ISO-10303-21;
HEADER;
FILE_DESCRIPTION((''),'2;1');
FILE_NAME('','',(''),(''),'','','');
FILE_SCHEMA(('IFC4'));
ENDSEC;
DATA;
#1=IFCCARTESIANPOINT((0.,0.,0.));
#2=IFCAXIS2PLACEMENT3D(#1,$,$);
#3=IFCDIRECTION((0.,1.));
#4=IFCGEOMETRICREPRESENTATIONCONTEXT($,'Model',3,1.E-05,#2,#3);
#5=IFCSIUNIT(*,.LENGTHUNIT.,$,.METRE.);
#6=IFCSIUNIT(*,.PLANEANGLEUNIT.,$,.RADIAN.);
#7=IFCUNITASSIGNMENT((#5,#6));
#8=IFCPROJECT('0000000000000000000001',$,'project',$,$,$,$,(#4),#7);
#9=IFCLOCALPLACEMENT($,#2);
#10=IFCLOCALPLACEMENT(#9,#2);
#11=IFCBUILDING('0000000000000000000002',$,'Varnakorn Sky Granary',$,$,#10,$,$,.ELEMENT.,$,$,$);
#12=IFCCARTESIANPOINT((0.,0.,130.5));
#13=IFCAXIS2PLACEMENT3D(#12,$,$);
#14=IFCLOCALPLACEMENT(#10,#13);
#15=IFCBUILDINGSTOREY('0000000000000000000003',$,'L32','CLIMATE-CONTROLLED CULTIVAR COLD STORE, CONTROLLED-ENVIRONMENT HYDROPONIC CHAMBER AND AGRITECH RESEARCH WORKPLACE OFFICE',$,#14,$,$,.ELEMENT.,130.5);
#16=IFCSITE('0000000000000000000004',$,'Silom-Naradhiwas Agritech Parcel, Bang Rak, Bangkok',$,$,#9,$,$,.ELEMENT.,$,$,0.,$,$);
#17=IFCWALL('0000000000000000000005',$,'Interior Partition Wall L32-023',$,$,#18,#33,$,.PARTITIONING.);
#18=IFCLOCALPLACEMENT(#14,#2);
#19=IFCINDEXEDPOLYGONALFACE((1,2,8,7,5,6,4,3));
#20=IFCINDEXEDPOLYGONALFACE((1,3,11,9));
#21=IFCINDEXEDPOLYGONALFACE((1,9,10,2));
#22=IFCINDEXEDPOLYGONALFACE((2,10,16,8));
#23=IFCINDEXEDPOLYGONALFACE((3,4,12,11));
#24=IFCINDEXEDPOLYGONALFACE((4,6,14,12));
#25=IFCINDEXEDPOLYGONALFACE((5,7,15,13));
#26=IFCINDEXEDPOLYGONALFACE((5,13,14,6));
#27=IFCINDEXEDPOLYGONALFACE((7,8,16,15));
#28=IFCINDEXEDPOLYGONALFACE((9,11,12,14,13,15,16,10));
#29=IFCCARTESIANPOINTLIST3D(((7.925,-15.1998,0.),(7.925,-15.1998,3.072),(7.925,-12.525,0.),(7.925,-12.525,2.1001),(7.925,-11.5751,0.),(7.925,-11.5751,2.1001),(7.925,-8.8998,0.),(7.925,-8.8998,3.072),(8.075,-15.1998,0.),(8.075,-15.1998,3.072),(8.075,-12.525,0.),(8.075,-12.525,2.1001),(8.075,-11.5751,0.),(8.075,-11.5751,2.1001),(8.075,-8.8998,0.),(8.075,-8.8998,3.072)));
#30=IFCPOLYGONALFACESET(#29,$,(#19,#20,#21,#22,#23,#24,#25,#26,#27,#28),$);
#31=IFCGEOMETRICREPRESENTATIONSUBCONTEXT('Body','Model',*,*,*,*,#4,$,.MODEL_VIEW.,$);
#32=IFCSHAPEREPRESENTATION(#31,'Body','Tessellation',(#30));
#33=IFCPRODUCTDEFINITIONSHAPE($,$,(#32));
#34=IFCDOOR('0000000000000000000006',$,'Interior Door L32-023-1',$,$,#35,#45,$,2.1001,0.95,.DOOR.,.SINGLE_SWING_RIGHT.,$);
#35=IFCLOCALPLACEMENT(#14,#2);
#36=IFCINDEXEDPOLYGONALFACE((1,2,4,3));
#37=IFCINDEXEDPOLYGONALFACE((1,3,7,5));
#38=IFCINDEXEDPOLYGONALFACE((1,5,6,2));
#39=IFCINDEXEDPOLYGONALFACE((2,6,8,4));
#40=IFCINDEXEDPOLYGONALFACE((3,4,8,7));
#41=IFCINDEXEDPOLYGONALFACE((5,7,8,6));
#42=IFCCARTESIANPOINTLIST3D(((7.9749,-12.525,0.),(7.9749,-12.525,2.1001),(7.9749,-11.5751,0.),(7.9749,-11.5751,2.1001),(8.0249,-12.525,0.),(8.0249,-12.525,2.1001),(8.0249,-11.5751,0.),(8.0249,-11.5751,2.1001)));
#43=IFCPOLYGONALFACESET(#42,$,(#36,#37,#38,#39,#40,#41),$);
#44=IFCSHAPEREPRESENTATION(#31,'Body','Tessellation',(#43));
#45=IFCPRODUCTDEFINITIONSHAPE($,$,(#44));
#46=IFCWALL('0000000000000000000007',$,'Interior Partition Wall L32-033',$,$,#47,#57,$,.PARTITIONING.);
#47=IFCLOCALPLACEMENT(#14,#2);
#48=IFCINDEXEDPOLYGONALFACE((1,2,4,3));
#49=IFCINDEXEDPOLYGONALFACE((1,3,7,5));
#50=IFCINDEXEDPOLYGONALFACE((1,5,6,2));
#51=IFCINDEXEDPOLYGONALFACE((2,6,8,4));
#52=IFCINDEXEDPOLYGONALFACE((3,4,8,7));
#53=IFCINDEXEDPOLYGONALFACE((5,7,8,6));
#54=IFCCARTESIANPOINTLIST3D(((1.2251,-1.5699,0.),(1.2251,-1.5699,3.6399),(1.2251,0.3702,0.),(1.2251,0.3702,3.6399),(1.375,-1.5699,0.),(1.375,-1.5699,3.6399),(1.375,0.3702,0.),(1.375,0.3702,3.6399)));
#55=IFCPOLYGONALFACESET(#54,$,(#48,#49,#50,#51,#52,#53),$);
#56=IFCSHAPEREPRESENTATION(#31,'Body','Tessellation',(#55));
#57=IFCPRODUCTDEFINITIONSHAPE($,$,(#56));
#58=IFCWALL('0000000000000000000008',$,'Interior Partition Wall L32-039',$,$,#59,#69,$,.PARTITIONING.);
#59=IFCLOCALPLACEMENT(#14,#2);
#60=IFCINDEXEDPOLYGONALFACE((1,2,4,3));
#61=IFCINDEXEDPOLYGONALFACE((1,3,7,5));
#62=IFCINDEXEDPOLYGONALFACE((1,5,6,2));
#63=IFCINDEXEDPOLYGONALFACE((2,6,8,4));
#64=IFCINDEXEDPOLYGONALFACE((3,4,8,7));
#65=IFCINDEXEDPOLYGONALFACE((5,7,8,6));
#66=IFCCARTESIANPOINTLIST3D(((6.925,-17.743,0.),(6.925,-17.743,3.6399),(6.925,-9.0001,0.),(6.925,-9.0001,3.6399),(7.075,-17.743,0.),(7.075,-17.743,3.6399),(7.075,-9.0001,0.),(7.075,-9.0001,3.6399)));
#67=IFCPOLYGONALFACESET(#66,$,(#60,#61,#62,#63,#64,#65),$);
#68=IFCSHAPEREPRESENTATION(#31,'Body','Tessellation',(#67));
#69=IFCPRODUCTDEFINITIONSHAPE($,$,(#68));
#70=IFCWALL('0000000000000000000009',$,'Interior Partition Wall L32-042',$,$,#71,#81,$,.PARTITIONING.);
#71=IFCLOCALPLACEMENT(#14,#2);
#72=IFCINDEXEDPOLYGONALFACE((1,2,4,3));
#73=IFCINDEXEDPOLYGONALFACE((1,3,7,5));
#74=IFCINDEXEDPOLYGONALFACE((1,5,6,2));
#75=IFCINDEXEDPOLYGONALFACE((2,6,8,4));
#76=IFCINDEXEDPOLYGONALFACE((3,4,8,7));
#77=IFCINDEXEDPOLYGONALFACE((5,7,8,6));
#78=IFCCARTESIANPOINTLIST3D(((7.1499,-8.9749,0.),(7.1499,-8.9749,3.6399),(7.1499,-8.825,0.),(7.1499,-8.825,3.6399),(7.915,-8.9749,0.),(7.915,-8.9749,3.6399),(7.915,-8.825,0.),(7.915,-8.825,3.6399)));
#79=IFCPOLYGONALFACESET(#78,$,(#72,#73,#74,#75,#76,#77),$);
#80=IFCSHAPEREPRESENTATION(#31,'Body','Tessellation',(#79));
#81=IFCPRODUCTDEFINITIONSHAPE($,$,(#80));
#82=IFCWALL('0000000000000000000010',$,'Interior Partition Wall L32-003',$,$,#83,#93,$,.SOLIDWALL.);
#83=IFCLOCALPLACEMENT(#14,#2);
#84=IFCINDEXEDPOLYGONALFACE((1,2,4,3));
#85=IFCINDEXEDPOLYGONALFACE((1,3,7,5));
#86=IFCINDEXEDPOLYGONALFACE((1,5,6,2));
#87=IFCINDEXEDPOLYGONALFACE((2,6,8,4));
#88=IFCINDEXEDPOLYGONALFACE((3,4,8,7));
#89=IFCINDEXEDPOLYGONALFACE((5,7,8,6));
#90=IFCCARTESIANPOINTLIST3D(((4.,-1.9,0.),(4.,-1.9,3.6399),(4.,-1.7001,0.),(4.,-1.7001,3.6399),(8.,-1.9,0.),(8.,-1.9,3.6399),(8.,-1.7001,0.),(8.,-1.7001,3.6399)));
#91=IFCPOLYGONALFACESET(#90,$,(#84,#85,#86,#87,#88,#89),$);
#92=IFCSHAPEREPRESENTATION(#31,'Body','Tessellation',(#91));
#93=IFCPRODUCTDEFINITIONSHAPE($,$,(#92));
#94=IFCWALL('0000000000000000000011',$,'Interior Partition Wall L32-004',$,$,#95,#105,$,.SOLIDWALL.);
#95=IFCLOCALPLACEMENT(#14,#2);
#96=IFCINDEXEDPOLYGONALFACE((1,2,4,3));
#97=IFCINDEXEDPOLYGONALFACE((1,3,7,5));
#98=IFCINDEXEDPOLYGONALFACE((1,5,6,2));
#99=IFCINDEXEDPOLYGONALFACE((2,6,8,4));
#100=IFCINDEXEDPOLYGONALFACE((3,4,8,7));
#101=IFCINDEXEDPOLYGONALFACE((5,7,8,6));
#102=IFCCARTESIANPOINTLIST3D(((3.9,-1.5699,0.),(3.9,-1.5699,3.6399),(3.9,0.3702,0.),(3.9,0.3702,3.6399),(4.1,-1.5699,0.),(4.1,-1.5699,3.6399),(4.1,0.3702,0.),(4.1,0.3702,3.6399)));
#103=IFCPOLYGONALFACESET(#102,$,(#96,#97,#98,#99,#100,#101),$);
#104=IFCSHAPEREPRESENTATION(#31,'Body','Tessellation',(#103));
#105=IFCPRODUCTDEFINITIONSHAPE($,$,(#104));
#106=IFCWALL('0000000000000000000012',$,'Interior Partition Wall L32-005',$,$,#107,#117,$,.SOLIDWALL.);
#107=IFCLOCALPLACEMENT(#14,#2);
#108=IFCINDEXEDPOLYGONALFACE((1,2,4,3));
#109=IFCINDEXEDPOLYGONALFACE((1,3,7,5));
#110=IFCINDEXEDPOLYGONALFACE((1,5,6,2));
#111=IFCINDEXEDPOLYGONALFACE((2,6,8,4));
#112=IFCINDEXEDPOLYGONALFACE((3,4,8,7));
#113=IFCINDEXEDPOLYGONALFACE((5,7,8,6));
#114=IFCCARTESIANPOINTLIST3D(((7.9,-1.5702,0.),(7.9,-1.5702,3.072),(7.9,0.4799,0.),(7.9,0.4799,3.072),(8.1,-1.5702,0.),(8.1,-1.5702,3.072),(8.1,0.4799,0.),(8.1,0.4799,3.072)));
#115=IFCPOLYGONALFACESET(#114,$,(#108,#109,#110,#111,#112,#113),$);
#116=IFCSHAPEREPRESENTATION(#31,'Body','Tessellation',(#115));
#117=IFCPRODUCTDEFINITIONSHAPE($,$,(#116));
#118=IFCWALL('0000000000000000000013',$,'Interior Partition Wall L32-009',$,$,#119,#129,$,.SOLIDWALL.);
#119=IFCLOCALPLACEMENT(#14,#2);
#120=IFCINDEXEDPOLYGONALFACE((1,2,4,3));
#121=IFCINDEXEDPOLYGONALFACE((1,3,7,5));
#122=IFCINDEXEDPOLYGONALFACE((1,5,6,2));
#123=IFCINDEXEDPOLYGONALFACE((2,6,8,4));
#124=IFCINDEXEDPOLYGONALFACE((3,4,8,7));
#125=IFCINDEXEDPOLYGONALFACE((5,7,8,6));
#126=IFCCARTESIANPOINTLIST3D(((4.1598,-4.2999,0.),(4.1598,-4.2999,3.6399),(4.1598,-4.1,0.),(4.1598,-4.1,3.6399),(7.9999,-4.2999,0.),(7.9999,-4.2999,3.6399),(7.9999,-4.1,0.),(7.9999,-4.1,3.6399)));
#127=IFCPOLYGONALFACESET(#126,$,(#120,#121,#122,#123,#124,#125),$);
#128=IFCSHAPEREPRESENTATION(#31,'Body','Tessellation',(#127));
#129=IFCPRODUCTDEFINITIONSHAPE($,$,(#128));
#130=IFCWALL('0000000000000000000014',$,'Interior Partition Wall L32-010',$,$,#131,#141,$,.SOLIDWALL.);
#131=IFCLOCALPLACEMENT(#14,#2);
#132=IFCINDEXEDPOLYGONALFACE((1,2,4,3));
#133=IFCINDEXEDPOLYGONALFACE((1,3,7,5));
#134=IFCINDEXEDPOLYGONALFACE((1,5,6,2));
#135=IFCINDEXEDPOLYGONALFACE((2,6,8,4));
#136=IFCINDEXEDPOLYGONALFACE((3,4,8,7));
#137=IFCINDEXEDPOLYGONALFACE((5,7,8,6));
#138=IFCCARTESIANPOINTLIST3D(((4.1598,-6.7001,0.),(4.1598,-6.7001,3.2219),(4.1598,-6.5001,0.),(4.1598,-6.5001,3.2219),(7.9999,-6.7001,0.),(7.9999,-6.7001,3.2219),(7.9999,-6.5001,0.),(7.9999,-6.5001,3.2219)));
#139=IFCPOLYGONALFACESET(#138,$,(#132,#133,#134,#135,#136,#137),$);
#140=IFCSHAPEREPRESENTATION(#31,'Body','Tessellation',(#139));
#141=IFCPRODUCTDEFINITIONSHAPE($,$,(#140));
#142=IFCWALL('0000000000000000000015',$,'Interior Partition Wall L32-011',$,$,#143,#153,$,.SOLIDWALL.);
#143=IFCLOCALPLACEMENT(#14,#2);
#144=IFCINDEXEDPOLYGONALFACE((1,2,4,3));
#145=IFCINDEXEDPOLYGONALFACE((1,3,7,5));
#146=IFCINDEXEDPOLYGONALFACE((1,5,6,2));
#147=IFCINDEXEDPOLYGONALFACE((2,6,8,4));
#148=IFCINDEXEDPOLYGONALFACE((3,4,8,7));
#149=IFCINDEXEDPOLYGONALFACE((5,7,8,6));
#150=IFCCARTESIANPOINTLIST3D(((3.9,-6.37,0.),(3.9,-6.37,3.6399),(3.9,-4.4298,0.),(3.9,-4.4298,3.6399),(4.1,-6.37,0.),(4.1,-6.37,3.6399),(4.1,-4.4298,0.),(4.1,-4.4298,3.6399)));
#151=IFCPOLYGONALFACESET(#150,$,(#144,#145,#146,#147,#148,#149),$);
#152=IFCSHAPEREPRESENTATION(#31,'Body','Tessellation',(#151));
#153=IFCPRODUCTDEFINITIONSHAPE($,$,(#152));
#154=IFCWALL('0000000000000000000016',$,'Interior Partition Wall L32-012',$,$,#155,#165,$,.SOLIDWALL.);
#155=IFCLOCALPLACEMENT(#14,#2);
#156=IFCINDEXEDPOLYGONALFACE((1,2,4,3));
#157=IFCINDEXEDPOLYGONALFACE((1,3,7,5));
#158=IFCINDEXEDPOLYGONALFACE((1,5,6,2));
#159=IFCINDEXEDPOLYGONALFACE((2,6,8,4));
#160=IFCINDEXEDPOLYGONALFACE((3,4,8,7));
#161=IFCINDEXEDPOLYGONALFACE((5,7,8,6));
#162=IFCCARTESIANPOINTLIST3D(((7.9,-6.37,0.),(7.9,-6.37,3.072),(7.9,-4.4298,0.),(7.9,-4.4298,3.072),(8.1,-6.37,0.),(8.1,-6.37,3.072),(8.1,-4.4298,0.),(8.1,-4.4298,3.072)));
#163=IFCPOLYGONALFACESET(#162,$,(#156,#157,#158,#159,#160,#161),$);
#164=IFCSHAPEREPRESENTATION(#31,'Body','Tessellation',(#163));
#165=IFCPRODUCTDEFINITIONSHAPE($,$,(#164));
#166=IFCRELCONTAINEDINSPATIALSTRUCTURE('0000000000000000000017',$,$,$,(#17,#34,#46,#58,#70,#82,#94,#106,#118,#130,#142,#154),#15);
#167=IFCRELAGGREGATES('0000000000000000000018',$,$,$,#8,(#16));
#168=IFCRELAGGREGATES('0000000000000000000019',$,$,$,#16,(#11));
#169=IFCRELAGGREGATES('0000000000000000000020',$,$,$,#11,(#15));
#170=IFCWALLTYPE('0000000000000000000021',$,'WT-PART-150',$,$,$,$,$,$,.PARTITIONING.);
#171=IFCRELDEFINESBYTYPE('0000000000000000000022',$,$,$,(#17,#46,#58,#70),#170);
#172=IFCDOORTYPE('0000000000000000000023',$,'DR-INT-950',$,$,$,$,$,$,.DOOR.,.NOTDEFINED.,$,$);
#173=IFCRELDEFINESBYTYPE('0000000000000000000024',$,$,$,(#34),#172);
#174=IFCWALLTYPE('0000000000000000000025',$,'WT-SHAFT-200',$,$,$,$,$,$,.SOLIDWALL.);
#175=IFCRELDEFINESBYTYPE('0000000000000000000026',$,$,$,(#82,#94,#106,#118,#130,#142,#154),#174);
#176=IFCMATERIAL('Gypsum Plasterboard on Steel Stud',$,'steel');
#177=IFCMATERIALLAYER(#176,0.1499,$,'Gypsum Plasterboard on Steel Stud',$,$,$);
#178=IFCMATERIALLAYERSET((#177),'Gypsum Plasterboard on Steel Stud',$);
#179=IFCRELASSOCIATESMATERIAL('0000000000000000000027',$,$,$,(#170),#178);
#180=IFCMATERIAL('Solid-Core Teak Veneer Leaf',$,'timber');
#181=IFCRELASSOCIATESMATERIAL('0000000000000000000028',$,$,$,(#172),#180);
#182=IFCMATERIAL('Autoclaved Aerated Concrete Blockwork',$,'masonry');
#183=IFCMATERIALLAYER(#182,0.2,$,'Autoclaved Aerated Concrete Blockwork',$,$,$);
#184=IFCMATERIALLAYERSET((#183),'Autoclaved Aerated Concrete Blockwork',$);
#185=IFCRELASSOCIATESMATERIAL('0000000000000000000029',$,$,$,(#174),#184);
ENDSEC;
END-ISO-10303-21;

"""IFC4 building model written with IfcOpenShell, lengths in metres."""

from ifc_helpers import new_model, si_unit, direction, frame, frame_2d, origin, place, context, subcontext, project, spatial, rectangle, extrude, material, layer, layer_set, type_object, element, fill, save


model = new_model("IFC4")

# Units and contexts
model_context = context("Model", 3, precision=1e-05, world=origin(), true_north=direction((0.0, 1.0)))
body_context = subcontext(model_context, "Body", "Model", "MODEL_VIEW")
ifc_project = project(units=[si_unit("LENGTHUNIT", "METRE"), si_unit("PLANEANGLEUNIT", "RADIAN")], contexts=[model_context])

# Site, building, storey
site_placement = place(None, origin())
site = spatial("IfcSite", under=ifc_project, at=site_placement, Name="Silom-Naradhiwas Agritech Parcel, Bang Rak, Bangkok", CompositionType="ELEMENT", RefElevation=0.0)
building_placement = place(site_placement, origin())
building = spatial("IfcBuilding", under=site, at=building_placement, Name="Varnakorn Sky Granary", CompositionType="ELEMENT")
storey_placement = place(building_placement, frame((0.0, 0.0, 130.5)))
storey = spatial("IfcBuildingStorey", under=building, at=storey_placement, Name="L32", Description="CLIMATE-CONTROLLED CULTIVAR COLD STORE, CONTROLLED-ENVIRONMENT HYDROPONIC CHAMBER AND AGRITECH RESEARCH WORKPLACE OFFICE", CompositionType="ELEMENT", Elevation=130.5)

# Wall, opening, door
ifc_material_1 = material(Name="Autoclaved Aerated Concrete Blockwork", Category="masonry")
ifc_material_2 = material(Name="Gypsum Plasterboard on Steel Stud", Category="steel")
ifc_layer_1 = layer(ifc_material_2, 0.1499, Name="Gypsum Plasterboard on Steel Stud")
ifc_layer_set_1 = layer_set([ifc_layer_1], Name="Gypsum Plasterboard on Steel Stud")
wall_type_1 = type_object("IfcWallType", Name="WT-PART-150", PredefinedType="PARTITIONING", material=ifc_layer_set_1)
wall_1_placement = place(storey_placement, frame((8.0, -8.8999, 0.0), z_axis=(0.0, 0.0, 1.0), x_axis=(0.0, -1.0, 0.0)))
wall_1 = element("IfcWall", 1, at=wall_1_placement, inside=storey, type_object=wall_type_1, Name="Interior Partition Wall L32-023", PredefinedType="PARTITIONING", context=body_context, shape_type="SweptSolid", body=[
    extrude(rectangle(XDim=6.3, YDim=0.1499, at=frame_2d((3.1499, 0.0))), origin(), (0.0, 0.0, 1.0), 3.072),
])
opening_1_placement = place(wall_1_placement, frame((2.675, 0.0, 0.0)))
opening_1 = element("IfcOpeningElement", 2, at=opening_1_placement, cuts=wall_1, PredefinedType="OPENING", context=body_context, shape_type="SweptSolid", body=[
    extrude(rectangle(XDim=0.95, YDim=2.1001, at=frame_2d((0.4751, 1.05))), frame((0.0, 0.085, 0.0), z_axis=(0.0, -1.0, 0.0), x_axis=(1.0, 0.0, 0.0)), (0.0, 0.0, 1.0), 0.1699),
])
ifc_material_3 = material(Name="Solid-Core Teak Veneer Leaf", Category="timber")
door_type_1 = type_object("IfcDoorType", Name="DR-INT-950", OperationType="NOTDEFINED", PredefinedType="DOOR", material=ifc_material_3)
door_1_placement = place(opening_1_placement, origin())
door_1 = element("IfcDoor", 3, at=door_1_placement, inside=storey, type_object=door_type_1, Name="Interior Door L32-023-1", OperationType="SINGLE_SWING_RIGHT", OverallHeight=2.1001, OverallWidth=0.95, PredefinedType="DOOR", context=body_context, shape_type="SweptSolid", body=[
    extrude(rectangle(XDim=0.95, YDim=2.1001, at=frame_2d((0.4751, 1.05))), frame((0.0, 0.0249, 0.0), z_axis=(0.0, -1.0, 0.0), x_axis=(1.0, 0.0, 0.0)), (0.0, 0.0, 1.0), 0.05),
])
fill(opening_1, door_1)

# Walls
wall_2_placement = place(storey_placement, frame((1.3, -1.5701, 0.0), z_axis=(0.0, 0.0, 1.0), x_axis=(0.0, 1.0, 0.0)))
element("IfcWall", 4, at=wall_2_placement, inside=storey, type_object=wall_type_1, Name="Interior Partition Wall L32-033", PredefinedType="PARTITIONING", context=body_context, shape_type="SweptSolid", body=[
    extrude(rectangle(XDim=1.9402, YDim=0.1499, at=frame_2d((0.9702, 0.0))), origin(), (0.0, 0.0, 1.0), 3.6399),
])
wall_3_placement = place(storey_placement, frame((7.0, -9.0, 0.0), z_axis=(0.0, 0.0, 1.0), x_axis=(0.0, -1.0, 0.0)))
element("IfcWall", 5, at=wall_3_placement, inside=storey, type_object=wall_type_1, Name="Interior Partition Wall L32-039", PredefinedType="PARTITIONING", context=body_context, shape_type="SweptSolid", body=[
    extrude(rectangle(XDim=8.7429, YDim=0.1499, at=frame_2d((4.3716, 0.0))), origin(), (0.0, 0.0, 1.0), 3.6399),
])
wall_4_placement = place(storey_placement, frame((7.1499, -8.8999, 0.0), z_axis=(0.0, 0.0, 1.0), x_axis=(1.0, 0.0, 0.0)))
element("IfcWall", 6, at=wall_4_placement, inside=storey, type_object=wall_type_1, Name="Interior Partition Wall L32-042", PredefinedType="PARTITIONING", context=body_context, shape_type="SweptSolid", body=[
    extrude(rectangle(XDim=0.7651, YDim=0.1499, at=frame_2d((0.3826, 0.0))), origin(), (0.0, 0.0, 1.0), 3.6399),
])
ifc_layer_2 = layer(ifc_material_1, 0.2, Name="Autoclaved Aerated Concrete Blockwork")
ifc_layer_set_2 = layer_set([ifc_layer_2], Name="Autoclaved Aerated Concrete Blockwork")
wall_type_2 = type_object("IfcWallType", Name="WT-SHAFT-200", PredefinedType="SOLIDWALL", material=ifc_layer_set_2)
wall_5_placement = place(storey_placement, frame((4.0, -1.8, 0.0), z_axis=(0.0, 0.0, 1.0), x_axis=(1.0, 0.0, 0.0)))
element("IfcWall", 7, at=wall_5_placement, inside=storey, type_object=wall_type_2, Name="Interior Partition Wall L32-003", PredefinedType="SOLIDWALL", context=body_context, shape_type="SweptSolid", body=[
    extrude(rectangle(XDim=4.0, YDim=0.2, at=frame_2d((2.0, 0.0))), origin(), (0.0, 0.0, 1.0), 3.6399),
])
wall_6_placement = place(storey_placement, frame((4.0, -1.5701, 0.0), z_axis=(0.0, 0.0, 1.0), x_axis=(0.0, 1.0, 0.0)))
element("IfcWall", 8, at=wall_6_placement, inside=storey, type_object=wall_type_2, Name="Interior Partition Wall L32-004", PredefinedType="SOLIDWALL", context=body_context, shape_type="SweptSolid", body=[
    extrude(rectangle(XDim=1.9402, YDim=0.2, at=frame_2d((0.9702, 0.0))), origin(), (0.0, 0.0, 1.0), 3.6399),
])
wall_7_placement = place(storey_placement, frame((8.0, -1.5701, 0.0), z_axis=(0.0, 0.0, 1.0), x_axis=(0.0, 1.0, 0.0)))
element("IfcWall", 9, at=wall_7_placement, inside=storey, type_object=wall_type_2, Name="Interior Partition Wall L32-005", PredefinedType="SOLIDWALL", context=body_context, shape_type="SweptSolid", body=[
    extrude(rectangle(XDim=2.05, YDim=0.2, at=frame_2d((1.0249, 0.0))), origin(), (0.0, 0.0, 1.0), 3.072),
])
wall_8_placement = place(storey_placement, frame((4.1599, -4.2, 0.0), z_axis=(0.0, 0.0, 1.0), x_axis=(1.0, 0.0, 0.0)))
element("IfcWall", 10, at=wall_8_placement, inside=storey, type_object=wall_type_2, Name="Interior Partition Wall L32-009", PredefinedType="SOLIDWALL", context=body_context, shape_type="SweptSolid", body=[
    extrude(rectangle(XDim=3.8401, YDim=0.2, at=frame_2d((1.9199, 0.0))), origin(), (0.0, 0.0, 1.0), 3.6399),
])
wall_9_placement = place(storey_placement, frame((4.1599, -6.6001, 0.0), z_axis=(0.0, 0.0, 1.0), x_axis=(1.0, 0.0, 0.0)))
element("IfcWall", 11, at=wall_9_placement, inside=storey, type_object=wall_type_2, Name="Interior Partition Wall L32-010", PredefinedType="SOLIDWALL", context=body_context, shape_type="SweptSolid", body=[
    extrude(rectangle(XDim=3.8401, YDim=0.2, at=frame_2d((1.9199, 0.0))), origin(), (0.0, 0.0, 1.0), 3.2219),
])
wall_10_placement = place(storey_placement, frame((4.0, -6.3701, 0.0), z_axis=(0.0, 0.0, 1.0), x_axis=(0.0, 1.0, 0.0)))
element("IfcWall", 12, at=wall_10_placement, inside=storey, type_object=wall_type_2, Name="Interior Partition Wall L32-011", PredefinedType="SOLIDWALL", context=body_context, shape_type="SweptSolid", body=[
    extrude(rectangle(XDim=1.9402, YDim=0.2, at=frame_2d((0.9702, 0.0))), origin(), (0.0, 0.0, 1.0), 3.6399),
])
wall_11_placement = place(storey_placement, frame((8.0, -6.3701, 0.0), z_axis=(0.0, 0.0, 1.0), x_axis=(0.0, 1.0, 0.0)))
element("IfcWall", 13, at=wall_11_placement, inside=storey, type_object=wall_type_2, Name="Interior Partition Wall L32-012", PredefinedType="SOLIDWALL", context=body_context, shape_type="SweptSolid", body=[
    extrude(rectangle(XDim=1.9402, YDim=0.2, at=frame_2d((0.9702, 0.0))), origin(), (0.0, 0.0, 1.0), 3.072),
])

save(model, "model.ifc")
